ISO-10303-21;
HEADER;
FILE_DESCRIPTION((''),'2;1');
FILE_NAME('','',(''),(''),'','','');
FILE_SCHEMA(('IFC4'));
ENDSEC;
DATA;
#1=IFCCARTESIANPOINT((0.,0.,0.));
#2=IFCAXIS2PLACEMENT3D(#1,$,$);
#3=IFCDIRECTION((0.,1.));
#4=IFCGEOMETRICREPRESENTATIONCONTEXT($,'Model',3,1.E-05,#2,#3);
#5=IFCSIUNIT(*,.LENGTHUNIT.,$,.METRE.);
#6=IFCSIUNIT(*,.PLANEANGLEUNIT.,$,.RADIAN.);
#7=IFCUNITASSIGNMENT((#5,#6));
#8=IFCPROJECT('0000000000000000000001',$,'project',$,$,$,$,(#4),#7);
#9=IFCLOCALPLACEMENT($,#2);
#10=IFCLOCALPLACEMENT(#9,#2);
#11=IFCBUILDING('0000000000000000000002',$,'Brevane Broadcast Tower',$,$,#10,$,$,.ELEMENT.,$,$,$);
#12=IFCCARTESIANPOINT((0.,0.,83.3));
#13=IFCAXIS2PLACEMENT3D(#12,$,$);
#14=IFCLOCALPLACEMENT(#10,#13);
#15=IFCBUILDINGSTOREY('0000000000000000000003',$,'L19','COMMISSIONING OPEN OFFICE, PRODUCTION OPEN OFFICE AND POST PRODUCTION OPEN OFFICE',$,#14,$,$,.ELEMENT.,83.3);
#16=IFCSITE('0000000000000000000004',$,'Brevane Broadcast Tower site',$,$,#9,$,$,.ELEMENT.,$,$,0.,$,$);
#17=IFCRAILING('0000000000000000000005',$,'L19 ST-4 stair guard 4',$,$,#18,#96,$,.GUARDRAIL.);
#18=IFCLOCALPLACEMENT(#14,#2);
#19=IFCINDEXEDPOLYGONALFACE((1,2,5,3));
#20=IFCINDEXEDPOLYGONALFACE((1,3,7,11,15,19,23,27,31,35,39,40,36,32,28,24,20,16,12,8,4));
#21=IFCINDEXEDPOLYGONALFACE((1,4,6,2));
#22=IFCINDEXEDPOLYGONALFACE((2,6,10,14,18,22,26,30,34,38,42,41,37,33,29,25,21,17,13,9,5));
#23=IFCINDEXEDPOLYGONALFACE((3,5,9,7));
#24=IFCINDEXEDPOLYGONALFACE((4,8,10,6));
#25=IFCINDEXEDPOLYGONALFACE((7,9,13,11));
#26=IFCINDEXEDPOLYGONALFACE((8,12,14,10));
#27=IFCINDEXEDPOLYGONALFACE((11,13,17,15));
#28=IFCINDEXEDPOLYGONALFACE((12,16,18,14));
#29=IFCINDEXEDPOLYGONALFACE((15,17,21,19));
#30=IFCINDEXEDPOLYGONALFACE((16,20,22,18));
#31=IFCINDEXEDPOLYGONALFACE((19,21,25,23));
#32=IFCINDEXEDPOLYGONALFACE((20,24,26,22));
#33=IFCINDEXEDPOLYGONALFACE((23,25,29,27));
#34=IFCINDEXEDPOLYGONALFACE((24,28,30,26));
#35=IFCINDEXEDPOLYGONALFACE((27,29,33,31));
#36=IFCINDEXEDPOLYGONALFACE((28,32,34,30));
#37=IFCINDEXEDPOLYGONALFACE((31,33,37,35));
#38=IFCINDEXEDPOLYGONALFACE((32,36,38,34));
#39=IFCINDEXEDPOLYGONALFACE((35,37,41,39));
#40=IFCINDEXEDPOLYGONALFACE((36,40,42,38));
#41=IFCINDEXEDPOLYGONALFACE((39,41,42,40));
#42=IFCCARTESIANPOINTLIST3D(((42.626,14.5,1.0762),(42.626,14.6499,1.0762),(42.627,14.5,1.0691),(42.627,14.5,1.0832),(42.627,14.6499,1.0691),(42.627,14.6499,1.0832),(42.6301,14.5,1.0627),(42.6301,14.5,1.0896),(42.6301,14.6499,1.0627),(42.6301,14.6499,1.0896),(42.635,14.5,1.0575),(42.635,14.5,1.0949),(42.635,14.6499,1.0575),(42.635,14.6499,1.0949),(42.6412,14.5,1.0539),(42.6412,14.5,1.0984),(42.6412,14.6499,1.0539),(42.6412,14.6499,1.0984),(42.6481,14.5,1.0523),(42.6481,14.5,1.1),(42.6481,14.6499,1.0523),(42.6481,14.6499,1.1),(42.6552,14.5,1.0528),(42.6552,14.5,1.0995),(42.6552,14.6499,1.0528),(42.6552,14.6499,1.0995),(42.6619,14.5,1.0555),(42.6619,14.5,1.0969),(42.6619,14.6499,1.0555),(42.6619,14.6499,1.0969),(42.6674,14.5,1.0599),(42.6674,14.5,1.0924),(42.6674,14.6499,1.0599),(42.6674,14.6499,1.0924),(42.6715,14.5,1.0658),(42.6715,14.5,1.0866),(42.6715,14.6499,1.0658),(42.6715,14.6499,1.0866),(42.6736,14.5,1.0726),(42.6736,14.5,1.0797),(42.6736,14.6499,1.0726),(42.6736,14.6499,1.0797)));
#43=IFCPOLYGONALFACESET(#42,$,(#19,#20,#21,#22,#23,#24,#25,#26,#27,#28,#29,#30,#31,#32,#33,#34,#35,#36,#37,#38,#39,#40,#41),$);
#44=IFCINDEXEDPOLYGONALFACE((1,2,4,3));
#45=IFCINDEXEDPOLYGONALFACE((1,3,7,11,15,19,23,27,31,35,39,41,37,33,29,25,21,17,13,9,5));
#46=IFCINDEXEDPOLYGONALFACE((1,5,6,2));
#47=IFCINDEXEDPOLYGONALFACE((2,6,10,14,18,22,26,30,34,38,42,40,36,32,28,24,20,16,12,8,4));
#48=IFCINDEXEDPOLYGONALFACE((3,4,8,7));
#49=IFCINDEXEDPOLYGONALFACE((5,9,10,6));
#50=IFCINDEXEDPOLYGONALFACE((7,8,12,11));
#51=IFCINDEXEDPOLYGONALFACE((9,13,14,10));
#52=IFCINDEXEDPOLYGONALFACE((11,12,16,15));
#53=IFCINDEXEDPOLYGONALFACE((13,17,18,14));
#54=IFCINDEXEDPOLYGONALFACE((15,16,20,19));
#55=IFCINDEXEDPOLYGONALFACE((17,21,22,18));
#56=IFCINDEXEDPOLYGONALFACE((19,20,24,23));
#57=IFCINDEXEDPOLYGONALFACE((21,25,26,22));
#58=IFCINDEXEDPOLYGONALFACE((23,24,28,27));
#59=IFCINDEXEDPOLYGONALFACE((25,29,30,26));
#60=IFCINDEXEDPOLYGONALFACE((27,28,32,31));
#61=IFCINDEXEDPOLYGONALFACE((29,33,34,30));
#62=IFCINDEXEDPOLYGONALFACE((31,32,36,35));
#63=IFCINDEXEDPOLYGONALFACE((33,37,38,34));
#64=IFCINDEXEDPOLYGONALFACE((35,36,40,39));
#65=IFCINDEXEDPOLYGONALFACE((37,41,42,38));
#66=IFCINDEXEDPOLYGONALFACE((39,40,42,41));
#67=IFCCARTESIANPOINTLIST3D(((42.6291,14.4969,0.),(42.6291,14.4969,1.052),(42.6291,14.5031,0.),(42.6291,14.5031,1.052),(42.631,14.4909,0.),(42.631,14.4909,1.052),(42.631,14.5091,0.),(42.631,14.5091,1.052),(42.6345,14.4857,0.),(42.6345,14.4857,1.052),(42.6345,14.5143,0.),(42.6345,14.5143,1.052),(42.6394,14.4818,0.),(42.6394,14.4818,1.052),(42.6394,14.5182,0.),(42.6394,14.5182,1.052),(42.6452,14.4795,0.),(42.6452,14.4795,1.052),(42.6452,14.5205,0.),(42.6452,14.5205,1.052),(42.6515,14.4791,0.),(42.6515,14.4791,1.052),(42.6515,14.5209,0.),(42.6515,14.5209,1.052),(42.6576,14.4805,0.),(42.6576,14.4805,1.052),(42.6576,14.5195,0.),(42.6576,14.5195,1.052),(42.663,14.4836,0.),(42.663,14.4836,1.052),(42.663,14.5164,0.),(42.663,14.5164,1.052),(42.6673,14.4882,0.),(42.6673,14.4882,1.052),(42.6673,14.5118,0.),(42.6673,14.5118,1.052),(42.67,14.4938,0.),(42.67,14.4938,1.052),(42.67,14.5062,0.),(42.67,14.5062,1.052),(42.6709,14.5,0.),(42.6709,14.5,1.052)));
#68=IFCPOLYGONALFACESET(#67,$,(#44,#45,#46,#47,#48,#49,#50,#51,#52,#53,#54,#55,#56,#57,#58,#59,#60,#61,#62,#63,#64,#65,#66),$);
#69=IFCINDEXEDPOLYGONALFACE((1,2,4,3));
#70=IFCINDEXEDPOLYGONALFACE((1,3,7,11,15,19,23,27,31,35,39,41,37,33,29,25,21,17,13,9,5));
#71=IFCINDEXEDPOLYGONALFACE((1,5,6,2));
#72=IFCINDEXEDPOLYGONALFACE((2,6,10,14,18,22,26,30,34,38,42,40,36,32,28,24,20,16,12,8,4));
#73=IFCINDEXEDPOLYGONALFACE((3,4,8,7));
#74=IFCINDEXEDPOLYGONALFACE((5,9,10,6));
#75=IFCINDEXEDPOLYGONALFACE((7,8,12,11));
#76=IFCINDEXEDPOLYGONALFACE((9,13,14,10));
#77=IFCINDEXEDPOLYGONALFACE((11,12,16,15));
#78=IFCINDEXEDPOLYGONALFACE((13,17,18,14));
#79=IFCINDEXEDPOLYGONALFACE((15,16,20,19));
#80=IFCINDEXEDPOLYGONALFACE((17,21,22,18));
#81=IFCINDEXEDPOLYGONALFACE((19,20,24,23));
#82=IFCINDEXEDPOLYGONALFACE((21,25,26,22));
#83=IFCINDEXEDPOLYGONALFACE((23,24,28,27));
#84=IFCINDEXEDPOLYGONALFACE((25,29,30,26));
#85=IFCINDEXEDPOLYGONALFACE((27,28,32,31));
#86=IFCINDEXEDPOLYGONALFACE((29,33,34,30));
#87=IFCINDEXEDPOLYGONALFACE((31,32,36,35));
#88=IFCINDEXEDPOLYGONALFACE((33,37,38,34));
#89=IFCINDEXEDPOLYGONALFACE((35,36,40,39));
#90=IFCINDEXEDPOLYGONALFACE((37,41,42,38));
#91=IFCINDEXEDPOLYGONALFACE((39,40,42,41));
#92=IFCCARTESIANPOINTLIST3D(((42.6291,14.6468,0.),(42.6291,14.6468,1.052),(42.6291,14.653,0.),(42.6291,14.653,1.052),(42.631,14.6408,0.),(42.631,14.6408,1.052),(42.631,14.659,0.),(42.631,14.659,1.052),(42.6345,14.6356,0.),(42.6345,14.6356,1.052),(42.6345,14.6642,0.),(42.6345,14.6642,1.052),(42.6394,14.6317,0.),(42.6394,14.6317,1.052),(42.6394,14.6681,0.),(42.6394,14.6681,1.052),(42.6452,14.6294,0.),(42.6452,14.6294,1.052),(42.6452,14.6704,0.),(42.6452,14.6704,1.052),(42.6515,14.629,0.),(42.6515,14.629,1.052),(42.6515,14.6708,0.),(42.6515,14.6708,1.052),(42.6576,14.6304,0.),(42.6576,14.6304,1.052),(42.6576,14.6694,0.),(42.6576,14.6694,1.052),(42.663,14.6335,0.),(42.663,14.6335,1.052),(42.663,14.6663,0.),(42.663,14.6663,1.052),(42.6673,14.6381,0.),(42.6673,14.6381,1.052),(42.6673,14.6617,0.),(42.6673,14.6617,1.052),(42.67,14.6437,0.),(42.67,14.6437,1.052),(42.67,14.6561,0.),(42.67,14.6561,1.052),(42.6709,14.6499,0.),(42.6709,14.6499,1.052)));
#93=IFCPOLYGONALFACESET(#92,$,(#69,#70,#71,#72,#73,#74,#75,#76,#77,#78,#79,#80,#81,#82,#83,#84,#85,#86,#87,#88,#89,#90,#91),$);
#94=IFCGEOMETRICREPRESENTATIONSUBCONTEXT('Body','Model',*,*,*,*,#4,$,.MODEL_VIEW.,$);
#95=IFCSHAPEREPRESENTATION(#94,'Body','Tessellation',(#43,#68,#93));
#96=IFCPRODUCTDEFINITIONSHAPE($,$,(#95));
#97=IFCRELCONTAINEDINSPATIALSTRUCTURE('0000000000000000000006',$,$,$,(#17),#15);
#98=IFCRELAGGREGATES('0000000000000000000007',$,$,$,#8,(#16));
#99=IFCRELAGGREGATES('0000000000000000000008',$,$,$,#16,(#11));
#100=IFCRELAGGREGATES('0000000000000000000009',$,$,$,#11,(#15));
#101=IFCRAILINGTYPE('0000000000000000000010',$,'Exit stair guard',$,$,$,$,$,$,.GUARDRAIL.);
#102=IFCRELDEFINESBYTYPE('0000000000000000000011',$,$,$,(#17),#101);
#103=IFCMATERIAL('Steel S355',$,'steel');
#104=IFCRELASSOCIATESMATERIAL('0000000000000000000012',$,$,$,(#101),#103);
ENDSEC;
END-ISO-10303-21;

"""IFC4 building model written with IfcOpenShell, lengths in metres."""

from ifc_helpers import new_model, si_unit, direction, frame, origin, origin_2d, place, context, subcontext, project, spatial, circle, extrude, material, type_object, element, save


model = new_model("IFC4")

# Units and contexts
model_context = context("Model", 3, precision=1e-05, world=origin(), true_north=direction((0.0, 1.0)))
body_context = subcontext(model_context, "Body", "Model", "MODEL_VIEW")
ifc_project = project(units=[si_unit("LENGTHUNIT", "METRE"), si_unit("PLANEANGLEUNIT", "RADIAN")], contexts=[model_context])

# Site, building, storey
site_placement = place(None, origin())
site = spatial("IfcSite", under=ifc_project, at=site_placement, Name="Brevane Broadcast Tower site", CompositionType="ELEMENT", RefElevation=0.0)
building_placement = place(site_placement, origin())
building = spatial("IfcBuilding", under=site, at=building_placement, Name="Brevane Broadcast Tower", CompositionType="ELEMENT")
storey_placement = place(building_placement, frame((0.0, 0.0, 83.3)))
storey = spatial("IfcBuildingStorey", under=building, at=storey_placement, Name="L19", Description="COMMISSIONING OPEN OFFICE, PRODUCTION OPEN OFFICE AND POST PRODUCTION OPEN OFFICE", CompositionType="ELEMENT", Elevation=83.3)

# Railing
ifc_material_1 = material(Name="Steel S355", Category="steel")
railing_type_1 = type_object("IfcRailingType", Name="Exit stair guard", PredefinedType="GUARDRAIL", material=ifc_material_1)
railing_1_placement = place(storey_placement, frame((42.6499, 14.5, 0.0)))
element("IfcRailing", 1, at=railing_1_placement, inside=storey, type_object=railing_type_1, Name="L19 ST-4 stair guard 4", PredefinedType="GUARDRAIL", context=body_context, shape_type="SweptSolid", body=[
    extrude(circle(Radius=0.0239, at=origin_2d()), frame((0.0, 0.0, 1.0762), z_axis=(0.0, 1.0, 0.0), x_axis=(-1.0, 0.0, 0.0)), (0.0, 0.0, 1.0), 0.1499),
    extrude(circle(Radius=0.021, at=origin_2d()), origin(), (0.0, 0.0, 1.0), 1.052),
    extrude(circle(Radius=0.021, at=origin_2d()), frame((0.0, 0.1499, 0.0)), (0.0, 0.0, 1.0), 1.052),
])

save(model, "model.ifc")
